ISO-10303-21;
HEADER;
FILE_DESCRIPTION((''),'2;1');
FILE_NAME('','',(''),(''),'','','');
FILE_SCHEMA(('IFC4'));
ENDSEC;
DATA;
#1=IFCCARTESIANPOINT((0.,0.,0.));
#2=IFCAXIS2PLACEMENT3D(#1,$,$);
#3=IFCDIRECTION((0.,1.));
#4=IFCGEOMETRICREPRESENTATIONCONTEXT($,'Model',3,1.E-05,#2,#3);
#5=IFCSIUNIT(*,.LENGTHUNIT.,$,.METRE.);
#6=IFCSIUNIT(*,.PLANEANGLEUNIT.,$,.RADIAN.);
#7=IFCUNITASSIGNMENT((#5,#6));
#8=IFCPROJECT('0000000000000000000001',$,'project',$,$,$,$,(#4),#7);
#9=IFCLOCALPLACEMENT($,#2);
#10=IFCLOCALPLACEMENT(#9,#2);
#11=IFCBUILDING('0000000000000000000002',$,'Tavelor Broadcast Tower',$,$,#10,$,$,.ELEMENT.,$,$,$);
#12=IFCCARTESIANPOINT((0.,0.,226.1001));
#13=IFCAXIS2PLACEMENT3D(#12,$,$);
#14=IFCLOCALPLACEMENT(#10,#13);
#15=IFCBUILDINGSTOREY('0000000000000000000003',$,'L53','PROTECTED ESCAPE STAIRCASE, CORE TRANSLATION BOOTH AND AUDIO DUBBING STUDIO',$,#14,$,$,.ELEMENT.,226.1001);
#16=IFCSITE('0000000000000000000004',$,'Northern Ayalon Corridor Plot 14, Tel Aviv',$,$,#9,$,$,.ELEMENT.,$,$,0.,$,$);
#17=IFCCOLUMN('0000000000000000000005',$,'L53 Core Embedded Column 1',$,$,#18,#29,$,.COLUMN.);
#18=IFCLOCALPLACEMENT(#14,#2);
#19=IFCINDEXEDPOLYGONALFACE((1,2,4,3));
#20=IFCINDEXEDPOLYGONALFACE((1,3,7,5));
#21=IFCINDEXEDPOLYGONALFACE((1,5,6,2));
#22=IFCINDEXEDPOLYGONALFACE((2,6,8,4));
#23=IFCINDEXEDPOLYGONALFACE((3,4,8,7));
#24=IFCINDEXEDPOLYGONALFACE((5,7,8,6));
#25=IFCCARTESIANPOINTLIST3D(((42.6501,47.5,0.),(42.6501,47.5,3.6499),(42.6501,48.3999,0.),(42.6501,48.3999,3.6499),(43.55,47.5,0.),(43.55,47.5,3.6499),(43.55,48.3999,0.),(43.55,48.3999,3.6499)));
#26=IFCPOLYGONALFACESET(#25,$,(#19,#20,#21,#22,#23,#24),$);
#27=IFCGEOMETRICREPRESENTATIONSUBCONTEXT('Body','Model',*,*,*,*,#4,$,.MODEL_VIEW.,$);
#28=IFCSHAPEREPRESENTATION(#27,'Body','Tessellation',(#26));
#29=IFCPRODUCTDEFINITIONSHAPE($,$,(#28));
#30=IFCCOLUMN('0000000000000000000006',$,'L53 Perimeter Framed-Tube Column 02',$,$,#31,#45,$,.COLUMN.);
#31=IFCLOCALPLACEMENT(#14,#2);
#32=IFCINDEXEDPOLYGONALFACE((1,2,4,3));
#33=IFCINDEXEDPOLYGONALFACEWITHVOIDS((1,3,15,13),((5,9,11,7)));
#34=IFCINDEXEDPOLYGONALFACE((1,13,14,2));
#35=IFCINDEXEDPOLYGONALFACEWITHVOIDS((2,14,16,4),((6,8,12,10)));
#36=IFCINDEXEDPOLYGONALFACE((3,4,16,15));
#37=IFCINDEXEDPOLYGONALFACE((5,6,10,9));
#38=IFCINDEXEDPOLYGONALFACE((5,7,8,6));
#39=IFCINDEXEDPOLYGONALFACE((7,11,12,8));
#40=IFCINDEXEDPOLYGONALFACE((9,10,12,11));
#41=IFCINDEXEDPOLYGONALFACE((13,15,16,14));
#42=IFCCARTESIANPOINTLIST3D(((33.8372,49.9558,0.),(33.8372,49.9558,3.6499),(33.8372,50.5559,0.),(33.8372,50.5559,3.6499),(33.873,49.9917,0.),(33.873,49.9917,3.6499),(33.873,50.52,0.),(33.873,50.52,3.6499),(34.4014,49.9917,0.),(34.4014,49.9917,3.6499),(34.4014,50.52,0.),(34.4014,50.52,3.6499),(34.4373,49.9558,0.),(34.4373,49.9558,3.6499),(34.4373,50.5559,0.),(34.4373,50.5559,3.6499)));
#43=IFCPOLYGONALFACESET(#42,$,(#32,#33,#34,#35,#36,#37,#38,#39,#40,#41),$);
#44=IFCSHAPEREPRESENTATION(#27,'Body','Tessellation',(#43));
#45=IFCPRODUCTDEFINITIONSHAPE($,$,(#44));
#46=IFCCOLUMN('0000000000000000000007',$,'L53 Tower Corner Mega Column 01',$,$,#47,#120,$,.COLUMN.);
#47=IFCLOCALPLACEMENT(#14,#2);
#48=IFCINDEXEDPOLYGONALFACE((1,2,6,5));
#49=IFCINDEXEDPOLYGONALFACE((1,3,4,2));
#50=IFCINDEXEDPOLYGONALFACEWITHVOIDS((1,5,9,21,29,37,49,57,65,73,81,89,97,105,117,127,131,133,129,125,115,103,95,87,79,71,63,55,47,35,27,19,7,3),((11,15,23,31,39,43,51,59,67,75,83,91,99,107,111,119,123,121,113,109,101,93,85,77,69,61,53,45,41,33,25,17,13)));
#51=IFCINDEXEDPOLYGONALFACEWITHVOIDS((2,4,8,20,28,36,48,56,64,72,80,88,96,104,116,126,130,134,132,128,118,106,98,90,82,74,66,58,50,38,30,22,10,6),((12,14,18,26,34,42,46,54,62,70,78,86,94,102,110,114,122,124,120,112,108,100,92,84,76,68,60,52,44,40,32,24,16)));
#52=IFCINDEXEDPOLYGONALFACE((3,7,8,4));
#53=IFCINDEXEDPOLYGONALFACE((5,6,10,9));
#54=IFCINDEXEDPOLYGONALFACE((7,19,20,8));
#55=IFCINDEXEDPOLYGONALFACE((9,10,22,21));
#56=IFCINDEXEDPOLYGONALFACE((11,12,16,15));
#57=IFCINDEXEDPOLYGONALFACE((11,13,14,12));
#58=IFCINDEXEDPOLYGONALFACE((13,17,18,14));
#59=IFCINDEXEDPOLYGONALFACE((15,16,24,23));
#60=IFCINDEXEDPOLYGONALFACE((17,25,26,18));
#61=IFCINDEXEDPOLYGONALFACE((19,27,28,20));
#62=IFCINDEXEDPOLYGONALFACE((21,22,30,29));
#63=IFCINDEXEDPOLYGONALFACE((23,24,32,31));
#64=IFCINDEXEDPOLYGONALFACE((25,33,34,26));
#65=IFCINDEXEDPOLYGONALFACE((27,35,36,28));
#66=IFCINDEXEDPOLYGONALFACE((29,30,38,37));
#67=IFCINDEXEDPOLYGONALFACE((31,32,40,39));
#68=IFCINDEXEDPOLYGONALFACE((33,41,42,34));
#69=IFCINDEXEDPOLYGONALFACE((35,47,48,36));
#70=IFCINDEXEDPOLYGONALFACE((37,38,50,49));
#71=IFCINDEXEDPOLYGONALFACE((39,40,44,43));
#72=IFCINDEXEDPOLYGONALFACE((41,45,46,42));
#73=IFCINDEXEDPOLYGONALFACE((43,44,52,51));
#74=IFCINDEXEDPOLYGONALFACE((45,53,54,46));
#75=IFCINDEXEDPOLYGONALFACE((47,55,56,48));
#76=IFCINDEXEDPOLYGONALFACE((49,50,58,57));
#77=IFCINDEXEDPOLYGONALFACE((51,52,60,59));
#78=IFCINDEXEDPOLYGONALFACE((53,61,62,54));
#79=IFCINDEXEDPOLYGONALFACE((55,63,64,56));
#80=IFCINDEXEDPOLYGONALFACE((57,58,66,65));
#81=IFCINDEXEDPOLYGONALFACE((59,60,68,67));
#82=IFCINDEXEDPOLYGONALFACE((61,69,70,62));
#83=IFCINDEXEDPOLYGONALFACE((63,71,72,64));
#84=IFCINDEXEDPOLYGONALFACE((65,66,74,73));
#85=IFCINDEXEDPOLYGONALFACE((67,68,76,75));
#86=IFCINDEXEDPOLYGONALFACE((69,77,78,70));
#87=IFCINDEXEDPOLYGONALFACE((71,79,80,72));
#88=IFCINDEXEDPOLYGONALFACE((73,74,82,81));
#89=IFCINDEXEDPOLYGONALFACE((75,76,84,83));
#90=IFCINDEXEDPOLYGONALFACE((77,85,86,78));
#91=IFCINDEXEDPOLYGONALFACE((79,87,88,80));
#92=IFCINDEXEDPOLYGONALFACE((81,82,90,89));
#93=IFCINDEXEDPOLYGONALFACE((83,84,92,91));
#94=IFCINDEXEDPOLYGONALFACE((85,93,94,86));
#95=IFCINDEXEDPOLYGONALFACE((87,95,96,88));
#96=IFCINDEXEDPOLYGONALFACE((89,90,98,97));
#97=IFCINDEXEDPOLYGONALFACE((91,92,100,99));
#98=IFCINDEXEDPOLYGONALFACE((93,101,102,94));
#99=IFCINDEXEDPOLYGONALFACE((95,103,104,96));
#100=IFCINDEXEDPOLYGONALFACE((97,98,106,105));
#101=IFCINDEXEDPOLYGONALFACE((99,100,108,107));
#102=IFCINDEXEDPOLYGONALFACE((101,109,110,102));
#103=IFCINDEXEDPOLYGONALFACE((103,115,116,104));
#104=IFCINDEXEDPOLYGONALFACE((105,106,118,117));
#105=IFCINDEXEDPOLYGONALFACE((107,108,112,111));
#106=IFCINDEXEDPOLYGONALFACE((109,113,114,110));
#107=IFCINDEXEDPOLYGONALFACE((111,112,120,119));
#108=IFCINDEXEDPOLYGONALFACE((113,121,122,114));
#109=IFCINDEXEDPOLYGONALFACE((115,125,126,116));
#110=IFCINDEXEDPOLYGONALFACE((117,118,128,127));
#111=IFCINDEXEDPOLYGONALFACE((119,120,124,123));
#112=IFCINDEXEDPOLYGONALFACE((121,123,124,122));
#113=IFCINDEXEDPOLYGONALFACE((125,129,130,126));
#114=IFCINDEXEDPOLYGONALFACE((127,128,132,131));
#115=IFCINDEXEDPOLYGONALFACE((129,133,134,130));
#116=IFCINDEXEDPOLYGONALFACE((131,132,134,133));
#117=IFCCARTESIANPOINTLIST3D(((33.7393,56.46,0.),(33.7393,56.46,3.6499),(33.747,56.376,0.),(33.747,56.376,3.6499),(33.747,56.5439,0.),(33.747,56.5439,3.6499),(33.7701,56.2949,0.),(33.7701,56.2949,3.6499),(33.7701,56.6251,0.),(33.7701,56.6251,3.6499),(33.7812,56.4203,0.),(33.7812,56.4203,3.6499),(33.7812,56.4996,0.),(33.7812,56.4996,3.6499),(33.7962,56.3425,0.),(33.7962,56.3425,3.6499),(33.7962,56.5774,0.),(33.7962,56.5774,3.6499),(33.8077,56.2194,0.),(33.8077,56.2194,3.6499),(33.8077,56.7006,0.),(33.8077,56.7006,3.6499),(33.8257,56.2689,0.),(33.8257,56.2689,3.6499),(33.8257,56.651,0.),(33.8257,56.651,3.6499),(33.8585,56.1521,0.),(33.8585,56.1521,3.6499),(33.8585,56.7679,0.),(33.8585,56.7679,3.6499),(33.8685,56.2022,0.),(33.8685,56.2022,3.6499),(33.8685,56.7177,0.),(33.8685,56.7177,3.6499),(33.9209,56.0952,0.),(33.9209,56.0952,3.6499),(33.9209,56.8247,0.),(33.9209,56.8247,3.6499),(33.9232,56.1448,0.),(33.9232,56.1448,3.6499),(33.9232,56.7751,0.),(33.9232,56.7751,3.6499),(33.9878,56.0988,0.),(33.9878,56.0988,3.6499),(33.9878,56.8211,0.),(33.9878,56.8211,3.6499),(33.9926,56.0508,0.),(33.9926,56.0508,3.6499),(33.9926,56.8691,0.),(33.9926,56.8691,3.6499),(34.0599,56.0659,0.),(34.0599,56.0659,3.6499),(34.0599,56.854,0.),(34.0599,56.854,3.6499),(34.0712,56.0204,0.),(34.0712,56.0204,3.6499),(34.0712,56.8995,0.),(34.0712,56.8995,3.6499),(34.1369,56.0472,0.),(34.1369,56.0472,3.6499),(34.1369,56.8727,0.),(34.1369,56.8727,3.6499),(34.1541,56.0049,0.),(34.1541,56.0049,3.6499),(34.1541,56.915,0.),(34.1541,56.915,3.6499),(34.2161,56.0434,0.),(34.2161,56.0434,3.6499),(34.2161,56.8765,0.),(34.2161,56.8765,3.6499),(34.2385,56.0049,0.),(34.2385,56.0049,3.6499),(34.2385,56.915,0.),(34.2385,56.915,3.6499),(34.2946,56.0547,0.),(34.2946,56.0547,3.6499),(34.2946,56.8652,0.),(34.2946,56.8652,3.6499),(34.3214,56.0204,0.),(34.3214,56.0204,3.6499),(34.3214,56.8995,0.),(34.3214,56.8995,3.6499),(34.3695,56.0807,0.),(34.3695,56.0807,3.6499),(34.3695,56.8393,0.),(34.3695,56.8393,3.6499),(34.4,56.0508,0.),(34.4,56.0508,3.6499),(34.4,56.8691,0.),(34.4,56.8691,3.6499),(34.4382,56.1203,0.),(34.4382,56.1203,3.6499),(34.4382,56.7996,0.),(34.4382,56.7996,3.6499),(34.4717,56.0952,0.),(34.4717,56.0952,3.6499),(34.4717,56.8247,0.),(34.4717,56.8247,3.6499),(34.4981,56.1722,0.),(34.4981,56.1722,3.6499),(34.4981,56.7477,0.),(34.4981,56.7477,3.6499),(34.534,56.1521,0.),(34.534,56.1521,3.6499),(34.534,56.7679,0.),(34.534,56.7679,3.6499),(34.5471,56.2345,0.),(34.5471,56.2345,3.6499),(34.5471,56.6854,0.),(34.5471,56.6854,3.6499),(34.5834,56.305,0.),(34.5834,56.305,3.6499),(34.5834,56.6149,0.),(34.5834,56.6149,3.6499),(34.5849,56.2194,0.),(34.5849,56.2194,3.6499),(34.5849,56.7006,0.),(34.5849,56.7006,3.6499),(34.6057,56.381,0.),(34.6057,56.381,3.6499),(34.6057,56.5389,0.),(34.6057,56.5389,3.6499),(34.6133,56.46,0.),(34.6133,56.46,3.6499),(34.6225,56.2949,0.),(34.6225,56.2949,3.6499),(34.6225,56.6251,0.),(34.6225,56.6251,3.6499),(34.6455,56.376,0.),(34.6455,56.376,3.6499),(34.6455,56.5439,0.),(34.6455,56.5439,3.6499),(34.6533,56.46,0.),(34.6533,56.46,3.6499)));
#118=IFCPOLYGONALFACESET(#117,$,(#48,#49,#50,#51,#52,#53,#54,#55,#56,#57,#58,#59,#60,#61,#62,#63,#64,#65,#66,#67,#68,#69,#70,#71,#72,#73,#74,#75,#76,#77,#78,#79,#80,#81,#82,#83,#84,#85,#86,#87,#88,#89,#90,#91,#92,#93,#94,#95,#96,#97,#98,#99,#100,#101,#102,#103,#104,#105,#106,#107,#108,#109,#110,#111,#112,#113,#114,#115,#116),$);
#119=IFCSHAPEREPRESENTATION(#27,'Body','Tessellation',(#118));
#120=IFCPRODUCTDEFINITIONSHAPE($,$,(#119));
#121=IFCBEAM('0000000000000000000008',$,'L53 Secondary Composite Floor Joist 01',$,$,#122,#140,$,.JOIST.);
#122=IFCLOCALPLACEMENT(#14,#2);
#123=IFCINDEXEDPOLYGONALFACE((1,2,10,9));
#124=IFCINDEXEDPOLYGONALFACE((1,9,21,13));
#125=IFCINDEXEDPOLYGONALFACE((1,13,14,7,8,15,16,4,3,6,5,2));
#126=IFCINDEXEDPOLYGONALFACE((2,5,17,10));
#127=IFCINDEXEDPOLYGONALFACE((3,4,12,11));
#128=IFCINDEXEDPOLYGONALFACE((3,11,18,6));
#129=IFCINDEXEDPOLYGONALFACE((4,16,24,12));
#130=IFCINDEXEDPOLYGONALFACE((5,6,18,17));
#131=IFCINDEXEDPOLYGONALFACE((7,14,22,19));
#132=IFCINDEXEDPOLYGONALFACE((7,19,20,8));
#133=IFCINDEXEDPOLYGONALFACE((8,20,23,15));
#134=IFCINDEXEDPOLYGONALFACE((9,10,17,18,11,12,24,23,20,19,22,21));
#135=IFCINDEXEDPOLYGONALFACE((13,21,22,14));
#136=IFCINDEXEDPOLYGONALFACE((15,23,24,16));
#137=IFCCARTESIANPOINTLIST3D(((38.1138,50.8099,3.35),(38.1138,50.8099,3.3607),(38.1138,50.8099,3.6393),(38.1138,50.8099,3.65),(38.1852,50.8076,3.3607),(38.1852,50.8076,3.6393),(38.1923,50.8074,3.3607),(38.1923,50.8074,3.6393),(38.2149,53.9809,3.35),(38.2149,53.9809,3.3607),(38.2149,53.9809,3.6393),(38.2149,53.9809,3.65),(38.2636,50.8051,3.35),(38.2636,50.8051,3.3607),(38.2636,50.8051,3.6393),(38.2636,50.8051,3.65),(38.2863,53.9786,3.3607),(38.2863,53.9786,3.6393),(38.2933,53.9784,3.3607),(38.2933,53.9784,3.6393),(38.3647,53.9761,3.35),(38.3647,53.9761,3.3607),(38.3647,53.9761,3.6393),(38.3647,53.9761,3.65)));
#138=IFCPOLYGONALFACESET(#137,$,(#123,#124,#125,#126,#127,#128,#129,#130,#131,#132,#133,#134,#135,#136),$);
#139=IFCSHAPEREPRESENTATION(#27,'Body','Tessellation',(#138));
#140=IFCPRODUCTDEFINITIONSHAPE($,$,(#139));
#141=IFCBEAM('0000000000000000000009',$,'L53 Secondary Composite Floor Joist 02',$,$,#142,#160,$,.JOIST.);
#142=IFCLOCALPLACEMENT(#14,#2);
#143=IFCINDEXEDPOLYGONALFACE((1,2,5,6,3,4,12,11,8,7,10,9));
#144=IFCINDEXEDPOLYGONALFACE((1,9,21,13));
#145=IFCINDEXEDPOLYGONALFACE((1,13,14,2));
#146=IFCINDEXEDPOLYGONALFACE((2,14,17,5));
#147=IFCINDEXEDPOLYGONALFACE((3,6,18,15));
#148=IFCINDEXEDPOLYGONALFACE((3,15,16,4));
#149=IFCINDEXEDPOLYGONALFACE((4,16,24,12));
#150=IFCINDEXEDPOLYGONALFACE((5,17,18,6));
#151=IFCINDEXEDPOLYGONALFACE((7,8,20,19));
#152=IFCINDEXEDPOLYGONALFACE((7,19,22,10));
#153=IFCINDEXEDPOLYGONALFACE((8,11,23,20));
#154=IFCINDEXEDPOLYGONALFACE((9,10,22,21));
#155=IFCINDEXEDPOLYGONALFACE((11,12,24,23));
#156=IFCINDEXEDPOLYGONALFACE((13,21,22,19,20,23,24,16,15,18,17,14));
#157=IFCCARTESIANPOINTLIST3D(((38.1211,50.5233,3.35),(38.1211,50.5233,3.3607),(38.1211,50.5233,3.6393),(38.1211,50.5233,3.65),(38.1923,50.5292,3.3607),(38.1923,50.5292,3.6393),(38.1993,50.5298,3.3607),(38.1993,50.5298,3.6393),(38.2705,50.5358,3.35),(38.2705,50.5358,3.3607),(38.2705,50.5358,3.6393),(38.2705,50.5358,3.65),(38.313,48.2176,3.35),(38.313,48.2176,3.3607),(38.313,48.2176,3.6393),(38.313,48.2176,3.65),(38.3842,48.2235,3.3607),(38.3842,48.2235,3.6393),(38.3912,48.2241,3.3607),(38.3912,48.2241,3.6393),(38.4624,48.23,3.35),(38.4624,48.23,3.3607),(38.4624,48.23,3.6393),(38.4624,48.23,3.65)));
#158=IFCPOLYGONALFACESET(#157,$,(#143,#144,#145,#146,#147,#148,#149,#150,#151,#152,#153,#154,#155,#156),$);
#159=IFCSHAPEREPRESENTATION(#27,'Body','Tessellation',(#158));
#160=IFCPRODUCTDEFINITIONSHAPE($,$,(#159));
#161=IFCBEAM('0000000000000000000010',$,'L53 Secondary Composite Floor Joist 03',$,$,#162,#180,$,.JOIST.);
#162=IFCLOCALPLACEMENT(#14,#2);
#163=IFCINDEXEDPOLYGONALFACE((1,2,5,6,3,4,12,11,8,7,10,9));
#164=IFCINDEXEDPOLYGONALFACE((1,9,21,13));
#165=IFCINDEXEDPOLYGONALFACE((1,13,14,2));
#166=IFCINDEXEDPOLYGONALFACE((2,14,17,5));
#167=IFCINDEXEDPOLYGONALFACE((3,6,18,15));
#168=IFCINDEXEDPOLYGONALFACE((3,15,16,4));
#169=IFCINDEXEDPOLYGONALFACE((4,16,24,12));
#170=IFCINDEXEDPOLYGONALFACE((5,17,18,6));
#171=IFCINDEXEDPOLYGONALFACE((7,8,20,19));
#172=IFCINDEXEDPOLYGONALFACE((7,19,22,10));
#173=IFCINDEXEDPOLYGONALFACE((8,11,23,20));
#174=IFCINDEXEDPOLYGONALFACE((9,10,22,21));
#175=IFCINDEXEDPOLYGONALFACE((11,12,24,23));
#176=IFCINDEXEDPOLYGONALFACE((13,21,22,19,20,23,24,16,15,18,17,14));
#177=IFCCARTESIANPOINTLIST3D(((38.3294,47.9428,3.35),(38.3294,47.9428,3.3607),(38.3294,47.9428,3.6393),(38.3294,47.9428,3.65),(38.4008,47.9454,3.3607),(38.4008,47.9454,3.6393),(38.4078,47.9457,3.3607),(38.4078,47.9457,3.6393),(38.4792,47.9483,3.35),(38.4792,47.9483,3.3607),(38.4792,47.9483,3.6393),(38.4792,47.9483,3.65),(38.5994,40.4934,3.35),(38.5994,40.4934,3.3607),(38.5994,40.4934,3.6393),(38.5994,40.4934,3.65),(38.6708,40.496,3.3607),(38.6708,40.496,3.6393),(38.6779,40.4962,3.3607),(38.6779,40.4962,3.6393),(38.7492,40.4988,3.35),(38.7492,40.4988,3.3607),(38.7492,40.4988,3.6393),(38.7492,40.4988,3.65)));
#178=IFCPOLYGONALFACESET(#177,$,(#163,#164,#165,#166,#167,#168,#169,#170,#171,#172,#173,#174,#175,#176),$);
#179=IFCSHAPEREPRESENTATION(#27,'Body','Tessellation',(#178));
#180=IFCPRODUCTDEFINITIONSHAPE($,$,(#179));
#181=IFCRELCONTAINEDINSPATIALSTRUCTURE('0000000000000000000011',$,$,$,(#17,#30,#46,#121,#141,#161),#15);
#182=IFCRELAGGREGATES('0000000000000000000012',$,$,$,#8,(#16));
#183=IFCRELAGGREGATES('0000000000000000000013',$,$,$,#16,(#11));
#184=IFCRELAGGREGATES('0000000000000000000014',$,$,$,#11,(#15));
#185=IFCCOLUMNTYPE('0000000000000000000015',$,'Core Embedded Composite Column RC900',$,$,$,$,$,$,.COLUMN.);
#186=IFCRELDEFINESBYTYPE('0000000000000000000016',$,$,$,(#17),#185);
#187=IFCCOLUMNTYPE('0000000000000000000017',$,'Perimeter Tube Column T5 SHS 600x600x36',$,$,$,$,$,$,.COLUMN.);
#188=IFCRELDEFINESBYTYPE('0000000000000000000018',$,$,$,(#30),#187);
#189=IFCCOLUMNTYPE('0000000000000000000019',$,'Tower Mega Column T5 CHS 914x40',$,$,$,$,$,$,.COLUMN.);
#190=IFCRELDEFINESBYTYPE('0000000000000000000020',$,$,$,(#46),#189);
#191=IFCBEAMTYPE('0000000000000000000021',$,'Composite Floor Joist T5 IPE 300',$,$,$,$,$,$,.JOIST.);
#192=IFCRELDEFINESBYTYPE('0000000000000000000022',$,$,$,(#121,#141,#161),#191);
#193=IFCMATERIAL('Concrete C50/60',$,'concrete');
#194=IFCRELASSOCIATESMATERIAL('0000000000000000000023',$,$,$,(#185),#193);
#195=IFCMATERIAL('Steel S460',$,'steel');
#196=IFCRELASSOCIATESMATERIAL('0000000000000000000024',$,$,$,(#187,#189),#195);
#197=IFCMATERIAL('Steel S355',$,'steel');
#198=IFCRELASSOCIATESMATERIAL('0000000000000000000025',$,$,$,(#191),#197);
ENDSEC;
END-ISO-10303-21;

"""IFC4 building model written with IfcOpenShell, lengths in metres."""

from ifc_helpers import new_model, si_unit, direction, frame, origin, origin_2d, place, context, subcontext, project, spatial, rectangle, hollow_rectangle, hollow_circle, i_section, extrude, material, material_profile, profile_set, type_object, element, save


model = new_model("IFC4")

# Units and contexts
model_context = context("Model", 3, precision=1e-05, world=origin(), true_north=direction((0.0, 1.0)))
body_context = subcontext(model_context, "Body", "Model", "MODEL_VIEW")
ifc_project = project(units=[si_unit("LENGTHUNIT", "METRE"), si_unit("PLANEANGLEUNIT", "RADIAN")], contexts=[model_context])

# Site, building, storey
site_placement = place(None, origin())
site = spatial("IfcSite", under=ifc_project, at=site_placement, Name="Northern Ayalon Corridor Plot 14, Tel Aviv", CompositionType="ELEMENT", RefElevation=0.0)
building_placement = place(site_placement, origin())
building = spatial("IfcBuilding", under=site, at=building_placement, Name="Tavelor Broadcast Tower", CompositionType="ELEMENT")
storey_placement = place(building_placement, frame((0.0, 0.0, 226.1001)))
storey = spatial("IfcBuildingStorey", under=building, at=storey_placement, Name="L53", Description="PROTECTED ESCAPE STAIRCASE, CORE TRANSLATION BOOTH AND AUDIO DUBBING STUDIO", CompositionType="ELEMENT", Elevation=226.1001)

# Columns
ifc_material_1 = material(Name="Concrete C50/60", Category="concrete")
ifc_material_profile_1 = material_profile(ifc_material_1, rectangle(XDim=0.8999, YDim=0.8999, at=origin_2d()), Name="RC 900x900")
ifc_profile_set_1 = profile_set([ifc_material_profile_1], Name="Concrete C50/60")
column_type_1 = type_object("IfcColumnType", Name="Core Embedded Composite Column RC900", PredefinedType="COLUMN", material=ifc_profile_set_1)
column_1_placement = place(storey_placement, frame((43.1001, 47.95, 0.0), z_axis=(0.0, 0.0, 1.0), x_axis=(1.0, 0.0, 0.0)))
element("IfcColumn", 1, at=column_1_placement, inside=storey, type_object=column_type_1, Name="L53 Core Embedded Column 1", PredefinedType="COLUMN", context=body_context, shape_type="SweptSolid", body=[
    extrude(rectangle(XDim=0.8999, YDim=0.8999, at=origin_2d()), origin(), (0.0, 0.0, 1.0), 3.6499),
])
ifc_material_2 = material(Name="Steel S460", Category="steel")
ifc_material_profile_2 = material_profile(ifc_material_2, hollow_rectangle(XDim=0.6001, YDim=0.6001, WallThickness=0.0359, at=origin_2d()), Name="SHS 600x600x36")
ifc_profile_set_2 = profile_set([ifc_material_profile_2], Name="Steel S460")
column_type_2 = type_object("IfcColumnType", Name="Perimeter Tube Column T5 SHS 600x600x36", PredefinedType="COLUMN", material=ifc_profile_set_2)
column_2_placement = place(storey_placement, frame((34.1372, 50.2559, 0.0), z_axis=(0.0, 0.0, 1.0), x_axis=(1.0, 0.0, 0.0)))
element("IfcColumn", 2, at=column_2_placement, inside=storey, type_object=column_type_2, Name="L53 Perimeter Framed-Tube Column 02", PredefinedType="COLUMN", context=body_context, shape_type="SweptSolid", body=[
    extrude(hollow_rectangle(XDim=0.6001, YDim=0.6001, WallThickness=0.0359, at=origin_2d()), origin(), (0.0, 0.0, 1.0), 3.6499),
])
ifc_material_profile_3 = material_profile(ifc_material_2, hollow_circle(Radius=0.457, WallThickness=0.04, at=origin_2d()), Name="CHS 914x40")
ifc_profile_set_3 = profile_set([ifc_material_profile_3], Name="Steel S460")
column_type_3 = type_object("IfcColumnType", Name="Tower Mega Column T5 CHS 914x40", PredefinedType="COLUMN", material=ifc_profile_set_3)
column_3_placement = place(storey_placement, frame((34.1963, 56.46, 0.0), z_axis=(0.0, 0.0, 1.0), x_axis=(1.0, 0.0, 0.0)))
element("IfcColumn", 3, at=column_3_placement, inside=storey, type_object=column_type_3, Name="L53 Tower Corner Mega Column 01", PredefinedType="COLUMN", context=body_context, shape_type="SweptSolid", body=[
    extrude(hollow_circle(Radius=0.457, WallThickness=0.04, at=origin_2d()), origin(), (0.0, 0.0, 1.0), 3.6499),
])

# Beams
ifc_material_3 = material(Name="Steel S355", Category="steel")
ifc_material_profile_4 = material_profile(ifc_material_3, i_section(OverallWidth=0.1499, OverallDepth=0.3, WebThickness=0.0071, FlangeThickness=0.0107, at=origin_2d()), Name="IPE 300")
ifc_profile_set_4 = profile_set([ifc_material_profile_4], Name="Steel S355")
beam_type_1 = type_object("IfcBeamType", Name="Composite Floor Joist T5 IPE 300", PredefinedType="JOIST", material=ifc_profile_set_4)
beam_1_placement = place(storey_placement, frame((38.2898, 53.9785, 3.5), z_axis=(-0.031859, -0.999492, 0.0), x_axis=(0.999492, -0.031859, 0.0)))
element("IfcBeam", 4, at=beam_1_placement, inside=storey, type_object=beam_type_1, Name="L53 Secondary Composite Floor Joist 01", PredefinedType="JOIST", context=body_context, shape_type="SweptSolid", body=[
    extrude(i_section(OverallWidth=0.1499, OverallDepth=0.3, WebThickness=0.0071, FlangeThickness=0.0107, at=origin_2d()), origin(), (0.0, 0.0, 1.0), 3.1726),
])
beam_2_placement = place(storey_placement, frame((38.1958, 50.5295, 3.5), z_axis=(0.082941, -0.996554, 0.0), x_axis=(0.996554, 0.082941, 0.0)))
element("IfcBeam", 5, at=beam_2_placement, inside=storey, type_object=beam_type_1, Name="L53 Secondary Composite Floor Joist 02", PredefinedType="JOIST", context=body_context, shape_type="SweptSolid", body=[
    extrude(i_section(OverallWidth=0.1499, OverallDepth=0.3, WebThickness=0.0071, FlangeThickness=0.0107, at=origin_2d()), origin(), (0.0, 0.0, 1.0), 2.3137),
])
beam_3_placement = place(storey_placement, frame((38.4043, 47.9456, 3.5), z_axis=(0.036223, -0.999344, 0.0), x_axis=(0.999344, 0.036223, 0.0)))
element("IfcBeam", 6, at=beam_3_placement, inside=storey, type_object=beam_type_1, Name="L53 Secondary Composite Floor Joist 03", PredefinedType="JOIST", context=body_context, shape_type="SweptSolid", body=[
    extrude(i_section(OverallWidth=0.1499, OverallDepth=0.3, WebThickness=0.0071, FlangeThickness=0.0107, at=origin_2d()), origin(), (0.0, 0.0, 1.0), 7.4543),
])

save(model, "model.ifc")
